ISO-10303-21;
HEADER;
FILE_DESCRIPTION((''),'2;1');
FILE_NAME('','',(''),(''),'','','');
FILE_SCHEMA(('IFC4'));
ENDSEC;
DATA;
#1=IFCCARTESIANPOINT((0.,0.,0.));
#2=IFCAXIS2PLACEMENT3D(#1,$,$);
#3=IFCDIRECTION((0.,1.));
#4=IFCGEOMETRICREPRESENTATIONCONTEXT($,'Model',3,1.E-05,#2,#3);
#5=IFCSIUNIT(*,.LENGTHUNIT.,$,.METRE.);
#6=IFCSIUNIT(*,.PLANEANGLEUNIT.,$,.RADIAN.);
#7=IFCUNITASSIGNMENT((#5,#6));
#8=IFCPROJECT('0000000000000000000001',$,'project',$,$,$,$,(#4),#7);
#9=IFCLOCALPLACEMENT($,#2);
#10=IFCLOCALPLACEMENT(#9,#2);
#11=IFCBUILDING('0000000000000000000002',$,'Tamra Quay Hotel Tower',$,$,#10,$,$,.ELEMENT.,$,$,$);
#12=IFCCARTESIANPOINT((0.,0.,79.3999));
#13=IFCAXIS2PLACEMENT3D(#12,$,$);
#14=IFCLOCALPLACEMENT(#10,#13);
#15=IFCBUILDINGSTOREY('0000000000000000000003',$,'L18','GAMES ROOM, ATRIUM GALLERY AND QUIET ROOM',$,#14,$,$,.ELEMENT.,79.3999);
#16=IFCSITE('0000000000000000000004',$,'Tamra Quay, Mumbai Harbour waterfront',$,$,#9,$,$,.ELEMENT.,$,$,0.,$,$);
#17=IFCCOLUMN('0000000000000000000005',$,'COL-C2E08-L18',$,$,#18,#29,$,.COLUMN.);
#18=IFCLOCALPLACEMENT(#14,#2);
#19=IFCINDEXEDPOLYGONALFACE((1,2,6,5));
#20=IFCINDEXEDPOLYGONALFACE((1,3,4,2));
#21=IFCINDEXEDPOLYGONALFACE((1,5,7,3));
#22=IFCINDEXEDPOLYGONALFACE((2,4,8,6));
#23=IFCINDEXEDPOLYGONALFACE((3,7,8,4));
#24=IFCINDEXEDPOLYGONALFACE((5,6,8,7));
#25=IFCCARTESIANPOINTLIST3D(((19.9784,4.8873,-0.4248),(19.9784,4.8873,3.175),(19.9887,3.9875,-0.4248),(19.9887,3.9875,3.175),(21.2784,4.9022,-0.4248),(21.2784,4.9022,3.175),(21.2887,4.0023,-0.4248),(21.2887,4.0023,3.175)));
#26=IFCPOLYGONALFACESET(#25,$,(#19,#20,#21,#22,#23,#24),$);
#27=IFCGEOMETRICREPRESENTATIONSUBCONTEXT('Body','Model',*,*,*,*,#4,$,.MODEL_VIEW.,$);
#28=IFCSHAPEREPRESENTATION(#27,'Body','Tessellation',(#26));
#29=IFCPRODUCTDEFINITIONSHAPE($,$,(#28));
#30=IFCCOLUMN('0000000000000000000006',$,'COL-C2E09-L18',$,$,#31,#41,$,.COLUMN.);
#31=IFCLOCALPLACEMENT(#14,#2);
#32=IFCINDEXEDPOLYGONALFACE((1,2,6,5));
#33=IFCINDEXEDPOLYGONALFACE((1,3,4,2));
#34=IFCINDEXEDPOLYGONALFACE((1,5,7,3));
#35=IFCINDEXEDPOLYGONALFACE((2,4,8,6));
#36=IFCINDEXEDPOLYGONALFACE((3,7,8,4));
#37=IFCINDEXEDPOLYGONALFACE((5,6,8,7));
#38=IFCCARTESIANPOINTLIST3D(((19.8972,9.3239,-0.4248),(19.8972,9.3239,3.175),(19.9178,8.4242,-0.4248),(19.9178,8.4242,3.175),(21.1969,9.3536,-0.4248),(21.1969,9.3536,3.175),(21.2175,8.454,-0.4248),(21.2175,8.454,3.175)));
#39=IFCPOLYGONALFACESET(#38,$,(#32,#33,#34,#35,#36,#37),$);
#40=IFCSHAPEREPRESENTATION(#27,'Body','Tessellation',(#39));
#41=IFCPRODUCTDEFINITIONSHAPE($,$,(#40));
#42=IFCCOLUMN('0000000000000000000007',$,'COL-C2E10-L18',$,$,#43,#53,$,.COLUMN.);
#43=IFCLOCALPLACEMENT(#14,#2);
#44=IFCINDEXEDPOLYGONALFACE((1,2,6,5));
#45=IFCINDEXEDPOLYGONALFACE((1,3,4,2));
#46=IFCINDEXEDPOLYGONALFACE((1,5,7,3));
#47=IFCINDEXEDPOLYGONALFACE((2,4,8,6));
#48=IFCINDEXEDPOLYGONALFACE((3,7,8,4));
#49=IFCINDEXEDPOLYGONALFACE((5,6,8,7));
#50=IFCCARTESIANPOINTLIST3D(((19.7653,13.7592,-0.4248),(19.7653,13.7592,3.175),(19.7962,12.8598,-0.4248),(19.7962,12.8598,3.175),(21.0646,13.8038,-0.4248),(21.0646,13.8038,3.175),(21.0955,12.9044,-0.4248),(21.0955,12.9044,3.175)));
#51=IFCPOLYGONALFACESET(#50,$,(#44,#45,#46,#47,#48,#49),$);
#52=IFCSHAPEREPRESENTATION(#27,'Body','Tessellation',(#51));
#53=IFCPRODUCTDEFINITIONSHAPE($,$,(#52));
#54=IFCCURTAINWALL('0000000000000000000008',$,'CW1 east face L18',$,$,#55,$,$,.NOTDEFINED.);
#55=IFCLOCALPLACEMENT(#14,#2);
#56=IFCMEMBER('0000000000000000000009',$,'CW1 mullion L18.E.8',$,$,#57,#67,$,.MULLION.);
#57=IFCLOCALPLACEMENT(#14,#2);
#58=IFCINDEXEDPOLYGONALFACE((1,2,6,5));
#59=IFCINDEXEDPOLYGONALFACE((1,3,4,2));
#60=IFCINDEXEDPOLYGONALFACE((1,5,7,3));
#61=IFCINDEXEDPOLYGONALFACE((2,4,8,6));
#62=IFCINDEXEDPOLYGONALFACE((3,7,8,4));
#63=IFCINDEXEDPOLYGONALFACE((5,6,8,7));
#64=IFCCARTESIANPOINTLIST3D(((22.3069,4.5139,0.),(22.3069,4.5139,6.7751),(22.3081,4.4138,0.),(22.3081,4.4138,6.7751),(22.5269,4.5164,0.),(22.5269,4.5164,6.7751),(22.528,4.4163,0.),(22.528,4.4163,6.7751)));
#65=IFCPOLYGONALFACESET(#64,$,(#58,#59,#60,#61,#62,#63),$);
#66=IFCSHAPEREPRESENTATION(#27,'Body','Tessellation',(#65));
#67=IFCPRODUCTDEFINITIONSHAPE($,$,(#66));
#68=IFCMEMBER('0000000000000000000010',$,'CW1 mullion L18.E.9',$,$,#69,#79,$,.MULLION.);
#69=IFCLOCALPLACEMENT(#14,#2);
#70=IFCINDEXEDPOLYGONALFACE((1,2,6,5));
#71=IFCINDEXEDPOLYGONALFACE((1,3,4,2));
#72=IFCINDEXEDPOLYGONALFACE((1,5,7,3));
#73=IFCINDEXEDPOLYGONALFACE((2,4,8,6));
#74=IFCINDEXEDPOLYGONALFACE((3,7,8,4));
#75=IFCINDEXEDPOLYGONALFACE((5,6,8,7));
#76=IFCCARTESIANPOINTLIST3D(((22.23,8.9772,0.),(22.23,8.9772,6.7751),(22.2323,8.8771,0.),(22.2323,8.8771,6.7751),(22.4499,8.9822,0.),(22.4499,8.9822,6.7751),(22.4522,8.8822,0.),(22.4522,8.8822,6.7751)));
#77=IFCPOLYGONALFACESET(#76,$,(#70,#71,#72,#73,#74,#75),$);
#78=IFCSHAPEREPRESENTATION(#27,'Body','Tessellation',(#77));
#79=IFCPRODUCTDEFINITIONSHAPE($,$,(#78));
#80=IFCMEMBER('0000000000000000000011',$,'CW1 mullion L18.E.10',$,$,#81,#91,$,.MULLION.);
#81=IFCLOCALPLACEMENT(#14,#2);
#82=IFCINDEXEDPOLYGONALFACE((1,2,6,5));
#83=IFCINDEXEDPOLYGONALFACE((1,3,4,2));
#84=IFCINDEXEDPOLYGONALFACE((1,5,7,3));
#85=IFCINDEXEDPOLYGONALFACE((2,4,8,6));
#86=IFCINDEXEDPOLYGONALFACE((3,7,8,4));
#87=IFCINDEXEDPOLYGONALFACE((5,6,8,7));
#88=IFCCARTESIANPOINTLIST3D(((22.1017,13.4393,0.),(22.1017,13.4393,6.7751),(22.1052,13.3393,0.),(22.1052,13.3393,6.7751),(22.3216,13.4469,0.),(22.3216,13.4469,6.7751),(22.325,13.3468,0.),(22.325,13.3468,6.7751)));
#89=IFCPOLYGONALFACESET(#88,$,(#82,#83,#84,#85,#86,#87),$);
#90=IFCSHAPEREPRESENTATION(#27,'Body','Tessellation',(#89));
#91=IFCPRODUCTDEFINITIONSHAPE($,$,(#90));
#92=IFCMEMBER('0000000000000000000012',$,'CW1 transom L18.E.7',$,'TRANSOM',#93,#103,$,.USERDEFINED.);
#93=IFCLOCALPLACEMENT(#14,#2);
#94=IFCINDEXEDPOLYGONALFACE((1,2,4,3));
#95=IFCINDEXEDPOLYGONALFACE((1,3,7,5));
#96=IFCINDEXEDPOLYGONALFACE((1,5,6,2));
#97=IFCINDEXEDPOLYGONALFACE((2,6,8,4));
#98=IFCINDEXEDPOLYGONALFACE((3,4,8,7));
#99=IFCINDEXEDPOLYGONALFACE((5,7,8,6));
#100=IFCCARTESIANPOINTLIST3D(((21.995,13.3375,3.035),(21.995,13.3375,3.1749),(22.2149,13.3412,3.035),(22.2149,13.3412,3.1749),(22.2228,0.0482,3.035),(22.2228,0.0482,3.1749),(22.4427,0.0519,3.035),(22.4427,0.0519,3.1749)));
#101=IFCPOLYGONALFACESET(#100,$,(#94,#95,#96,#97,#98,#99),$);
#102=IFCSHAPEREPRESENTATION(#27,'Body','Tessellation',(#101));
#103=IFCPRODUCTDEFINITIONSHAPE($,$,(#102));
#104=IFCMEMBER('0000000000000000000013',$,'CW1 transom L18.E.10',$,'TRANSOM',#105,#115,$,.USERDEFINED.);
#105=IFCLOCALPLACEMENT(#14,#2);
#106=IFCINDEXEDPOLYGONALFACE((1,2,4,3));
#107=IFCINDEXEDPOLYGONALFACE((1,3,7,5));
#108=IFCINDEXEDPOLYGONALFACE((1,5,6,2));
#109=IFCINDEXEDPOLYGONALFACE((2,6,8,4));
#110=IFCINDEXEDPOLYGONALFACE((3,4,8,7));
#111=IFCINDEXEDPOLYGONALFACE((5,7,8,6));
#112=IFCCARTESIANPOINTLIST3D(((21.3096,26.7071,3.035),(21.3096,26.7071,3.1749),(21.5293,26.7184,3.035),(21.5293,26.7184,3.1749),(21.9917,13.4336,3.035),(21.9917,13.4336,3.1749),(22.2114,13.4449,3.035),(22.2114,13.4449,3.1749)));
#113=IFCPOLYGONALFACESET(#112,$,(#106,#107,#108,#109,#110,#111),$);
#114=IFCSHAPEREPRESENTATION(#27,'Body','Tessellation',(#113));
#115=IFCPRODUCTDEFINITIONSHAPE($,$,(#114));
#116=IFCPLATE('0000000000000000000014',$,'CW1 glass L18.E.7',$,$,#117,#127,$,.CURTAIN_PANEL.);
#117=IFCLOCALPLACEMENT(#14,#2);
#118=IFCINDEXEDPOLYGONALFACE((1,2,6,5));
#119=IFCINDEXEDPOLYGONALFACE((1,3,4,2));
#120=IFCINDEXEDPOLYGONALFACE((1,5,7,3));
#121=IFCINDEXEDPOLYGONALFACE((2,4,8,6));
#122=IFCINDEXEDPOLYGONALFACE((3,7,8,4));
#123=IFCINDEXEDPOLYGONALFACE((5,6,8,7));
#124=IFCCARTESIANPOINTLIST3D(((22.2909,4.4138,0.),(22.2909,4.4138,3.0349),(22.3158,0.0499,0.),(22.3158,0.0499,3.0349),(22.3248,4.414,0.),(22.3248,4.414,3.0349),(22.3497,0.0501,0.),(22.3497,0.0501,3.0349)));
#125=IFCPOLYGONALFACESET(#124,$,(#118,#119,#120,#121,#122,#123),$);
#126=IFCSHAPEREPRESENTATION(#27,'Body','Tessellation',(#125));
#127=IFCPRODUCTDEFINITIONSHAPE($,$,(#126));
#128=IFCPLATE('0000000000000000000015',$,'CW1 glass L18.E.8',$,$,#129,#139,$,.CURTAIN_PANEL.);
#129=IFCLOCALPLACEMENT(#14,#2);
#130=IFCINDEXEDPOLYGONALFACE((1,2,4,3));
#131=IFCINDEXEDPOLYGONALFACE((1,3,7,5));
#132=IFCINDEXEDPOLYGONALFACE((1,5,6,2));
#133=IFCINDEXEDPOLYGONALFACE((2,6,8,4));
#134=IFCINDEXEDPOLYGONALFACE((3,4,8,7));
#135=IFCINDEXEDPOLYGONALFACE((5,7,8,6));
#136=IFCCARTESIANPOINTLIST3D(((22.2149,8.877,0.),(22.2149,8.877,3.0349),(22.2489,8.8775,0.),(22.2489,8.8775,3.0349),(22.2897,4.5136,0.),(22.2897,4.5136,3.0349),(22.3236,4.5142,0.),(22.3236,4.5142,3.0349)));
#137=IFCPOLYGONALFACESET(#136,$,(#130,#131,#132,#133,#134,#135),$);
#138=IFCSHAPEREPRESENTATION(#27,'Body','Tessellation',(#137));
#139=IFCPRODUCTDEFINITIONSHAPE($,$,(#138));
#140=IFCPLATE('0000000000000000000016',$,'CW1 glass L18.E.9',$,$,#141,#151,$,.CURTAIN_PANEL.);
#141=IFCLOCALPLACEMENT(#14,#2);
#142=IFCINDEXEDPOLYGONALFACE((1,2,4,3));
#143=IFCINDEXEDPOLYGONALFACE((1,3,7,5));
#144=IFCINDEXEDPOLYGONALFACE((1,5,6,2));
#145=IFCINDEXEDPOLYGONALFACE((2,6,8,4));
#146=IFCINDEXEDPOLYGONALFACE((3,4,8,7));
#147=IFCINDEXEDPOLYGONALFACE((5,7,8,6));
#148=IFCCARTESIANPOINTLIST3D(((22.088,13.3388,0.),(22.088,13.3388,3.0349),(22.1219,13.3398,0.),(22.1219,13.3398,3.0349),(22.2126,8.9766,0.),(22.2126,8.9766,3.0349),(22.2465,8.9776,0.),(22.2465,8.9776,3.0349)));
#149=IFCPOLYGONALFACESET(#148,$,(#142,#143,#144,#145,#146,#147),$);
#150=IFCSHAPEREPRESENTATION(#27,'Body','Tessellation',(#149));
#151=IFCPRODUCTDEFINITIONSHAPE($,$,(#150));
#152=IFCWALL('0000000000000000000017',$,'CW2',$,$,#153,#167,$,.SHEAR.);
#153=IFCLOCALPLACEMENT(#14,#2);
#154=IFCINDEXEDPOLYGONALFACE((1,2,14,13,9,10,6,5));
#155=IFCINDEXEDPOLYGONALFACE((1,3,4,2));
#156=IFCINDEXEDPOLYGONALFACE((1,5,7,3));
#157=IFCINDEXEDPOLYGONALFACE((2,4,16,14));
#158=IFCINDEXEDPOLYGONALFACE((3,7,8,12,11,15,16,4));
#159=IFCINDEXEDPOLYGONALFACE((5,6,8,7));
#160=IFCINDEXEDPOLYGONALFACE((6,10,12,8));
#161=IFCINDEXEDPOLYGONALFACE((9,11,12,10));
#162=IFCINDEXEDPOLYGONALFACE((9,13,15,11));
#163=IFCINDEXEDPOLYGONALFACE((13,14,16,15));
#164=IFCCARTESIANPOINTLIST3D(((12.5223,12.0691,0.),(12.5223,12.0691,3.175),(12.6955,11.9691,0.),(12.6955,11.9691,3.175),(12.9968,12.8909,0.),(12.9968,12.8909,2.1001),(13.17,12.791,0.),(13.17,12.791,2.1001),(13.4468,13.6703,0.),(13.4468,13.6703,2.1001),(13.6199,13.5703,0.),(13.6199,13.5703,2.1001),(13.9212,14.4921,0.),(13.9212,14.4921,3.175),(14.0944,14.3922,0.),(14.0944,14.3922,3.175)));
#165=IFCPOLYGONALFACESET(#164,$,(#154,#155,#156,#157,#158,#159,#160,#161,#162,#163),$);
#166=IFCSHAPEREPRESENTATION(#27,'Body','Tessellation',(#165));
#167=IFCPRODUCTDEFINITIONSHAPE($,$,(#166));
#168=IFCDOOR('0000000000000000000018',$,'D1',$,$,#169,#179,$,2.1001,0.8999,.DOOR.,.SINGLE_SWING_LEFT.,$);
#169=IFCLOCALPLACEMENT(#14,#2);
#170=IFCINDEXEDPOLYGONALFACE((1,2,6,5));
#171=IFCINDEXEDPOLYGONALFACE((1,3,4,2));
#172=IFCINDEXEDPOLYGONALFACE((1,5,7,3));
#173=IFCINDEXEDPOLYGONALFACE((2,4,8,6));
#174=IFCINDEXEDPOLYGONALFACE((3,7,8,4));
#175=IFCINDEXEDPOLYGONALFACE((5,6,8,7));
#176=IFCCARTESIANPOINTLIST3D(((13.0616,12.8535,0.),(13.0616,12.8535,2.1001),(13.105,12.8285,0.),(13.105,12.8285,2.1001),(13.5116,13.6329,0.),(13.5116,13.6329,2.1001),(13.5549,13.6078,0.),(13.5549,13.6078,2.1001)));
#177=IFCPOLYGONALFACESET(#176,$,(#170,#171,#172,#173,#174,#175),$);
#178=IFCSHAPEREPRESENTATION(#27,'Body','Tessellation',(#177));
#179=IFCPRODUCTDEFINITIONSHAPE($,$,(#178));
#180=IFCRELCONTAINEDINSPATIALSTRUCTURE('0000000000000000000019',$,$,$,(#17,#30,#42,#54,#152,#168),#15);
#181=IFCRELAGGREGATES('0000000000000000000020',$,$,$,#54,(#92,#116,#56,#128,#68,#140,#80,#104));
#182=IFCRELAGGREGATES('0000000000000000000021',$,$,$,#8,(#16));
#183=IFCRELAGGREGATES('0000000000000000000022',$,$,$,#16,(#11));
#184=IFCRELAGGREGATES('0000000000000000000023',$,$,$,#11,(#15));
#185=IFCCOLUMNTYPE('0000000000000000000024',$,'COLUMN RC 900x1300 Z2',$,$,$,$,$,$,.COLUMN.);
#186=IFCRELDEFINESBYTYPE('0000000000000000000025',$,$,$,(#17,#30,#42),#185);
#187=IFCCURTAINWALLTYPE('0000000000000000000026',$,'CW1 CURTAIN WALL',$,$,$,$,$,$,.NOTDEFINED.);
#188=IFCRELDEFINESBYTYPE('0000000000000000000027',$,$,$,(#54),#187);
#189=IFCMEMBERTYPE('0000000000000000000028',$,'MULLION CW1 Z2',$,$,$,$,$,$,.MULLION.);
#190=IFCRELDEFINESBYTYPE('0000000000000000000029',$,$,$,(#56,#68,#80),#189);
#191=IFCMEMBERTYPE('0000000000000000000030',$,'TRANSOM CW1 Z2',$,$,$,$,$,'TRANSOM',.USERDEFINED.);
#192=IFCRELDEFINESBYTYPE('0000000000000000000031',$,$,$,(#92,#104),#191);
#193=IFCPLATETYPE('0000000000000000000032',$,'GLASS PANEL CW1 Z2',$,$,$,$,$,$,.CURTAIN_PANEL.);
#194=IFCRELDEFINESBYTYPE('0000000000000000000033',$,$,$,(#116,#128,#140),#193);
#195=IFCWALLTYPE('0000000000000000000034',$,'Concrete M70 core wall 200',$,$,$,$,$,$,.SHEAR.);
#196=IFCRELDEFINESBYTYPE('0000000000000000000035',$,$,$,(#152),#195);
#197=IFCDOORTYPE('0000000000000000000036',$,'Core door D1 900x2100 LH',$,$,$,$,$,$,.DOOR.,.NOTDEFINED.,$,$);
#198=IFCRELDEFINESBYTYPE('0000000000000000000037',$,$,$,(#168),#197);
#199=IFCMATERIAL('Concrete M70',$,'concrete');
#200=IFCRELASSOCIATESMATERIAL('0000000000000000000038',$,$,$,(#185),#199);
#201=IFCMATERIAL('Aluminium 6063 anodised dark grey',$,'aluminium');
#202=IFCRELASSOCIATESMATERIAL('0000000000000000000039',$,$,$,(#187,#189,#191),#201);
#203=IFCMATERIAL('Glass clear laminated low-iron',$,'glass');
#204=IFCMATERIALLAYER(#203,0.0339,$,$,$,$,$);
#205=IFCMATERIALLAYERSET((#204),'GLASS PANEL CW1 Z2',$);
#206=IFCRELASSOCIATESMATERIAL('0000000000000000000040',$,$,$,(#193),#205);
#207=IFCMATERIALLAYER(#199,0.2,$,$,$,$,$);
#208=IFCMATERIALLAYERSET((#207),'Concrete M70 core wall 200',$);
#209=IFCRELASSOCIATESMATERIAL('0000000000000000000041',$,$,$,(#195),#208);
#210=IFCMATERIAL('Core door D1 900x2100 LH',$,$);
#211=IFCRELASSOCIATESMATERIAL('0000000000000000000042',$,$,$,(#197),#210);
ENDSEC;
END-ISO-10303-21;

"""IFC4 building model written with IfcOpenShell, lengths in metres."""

from ifc_helpers import new_model, si_unit, direction, frame, frame_2d, origin, origin_2d, place, context, subcontext, project, spatial, rectangle, extrude, material, layer, layer_set, material_profile, profile_set, type_object, element, fill, aggregate, save


model = new_model("IFC4")

# Units and contexts
model_context = context("Model", 3, precision=1e-05, world=origin(), true_north=direction((0.0, 1.0)))
body_context = subcontext(model_context, "Body", "Model", "MODEL_VIEW")
ifc_project = project(units=[si_unit("LENGTHUNIT", "METRE"), si_unit("PLANEANGLEUNIT", "RADIAN")], contexts=[model_context])

# Site, building, storey
site_placement = place(None, origin())
site = spatial("IfcSite", under=ifc_project, at=site_placement, Name="Tamra Quay, Mumbai Harbour waterfront", CompositionType="ELEMENT", RefElevation=0.0)
building_placement = place(site_placement, origin())
building = spatial("IfcBuilding", under=site, at=building_placement, Name="Tamra Quay Hotel Tower", CompositionType="ELEMENT")
storey_placement = place(building_placement, frame((0.0, 0.0, 79.3999)))
storey = spatial("IfcBuildingStorey", under=building, at=storey_placement, Name="L18", Description="GAMES ROOM, ATRIUM GALLERY AND QUIET ROOM", CompositionType="ELEMENT", Elevation=79.3999)

# Columns
ifc_material_1 = material(Name="Concrete M70", Category="concrete")
ifc_material_profile_1 = material_profile(ifc_material_1, rectangle(XDim=1.3, YDim=0.8999, at=origin_2d()), Name="COLUMN RC 900x1300 Z2")
ifc_profile_set_1 = profile_set([ifc_material_profile_1], Name="Concrete M70")
column_type = type_object("IfcColumnType", Name="COLUMN RC 900x1300 Z2", PredefinedType="COLUMN", material=ifc_profile_set_1)
for number, where, z_axis, x_axis, name in (
    (1, (20.6335, 4.4448, -0.4248), (0.0, 0.0, 1.0), (0.999935, 0.011439, 0.0), "COL-C2E08-L18"),
    (2, (20.5574, 8.8889, -0.4248), (0.0, 0.0, 1.0), (0.999738, 0.022874, 0.0), "COL-C2E09-L18"),
    (3, (20.4304, 13.3318, -0.4248), (0.0, 0.0, 1.0), (0.999412, 0.034299, 0.0), "COL-C2E10-L18"),
):
    element("IfcColumn", number, at=place(storey_placement, frame(where, z_axis=z_axis, x_axis=x_axis)), inside=storey, type_object=column_type, Name=name, PredefinedType="COLUMN", context=body_context, shape_type="SweptSolid", body=[
        extrude(rectangle(XDim=1.3, YDim=0.8999, at=origin_2d()), origin(), (0.0, 0.0, 1.0), 3.5999),
    ])

# Curtain wall, members, plates
ifc_material_2 = material(Name="Aluminium 6063 anodised dark grey", Category="aluminium")
curtain_wall_type = type_object("IfcCurtainWallType", Name="CW1 CURTAIN WALL", PredefinedType="NOTDEFINED", material=ifc_material_2)
curtain_wall_placement = place(storey_placement, origin())
curtain_wall = element("IfcCurtainWall", 4, at=curtain_wall_placement, inside=storey, type_object=curtain_wall_type, Name="CW1 east face L18", PredefinedType="NOTDEFINED")
ifc_material_profile_2 = material_profile(ifc_material_2, rectangle(XDim=0.22, YDim=0.1001, at=origin_2d()), Name="MULLION 100X220")
ifc_profile_set_2 = profile_set([ifc_material_profile_2], Name="Aluminium 6063 anodised dark grey")
member_type_1 = type_object("IfcMemberType", Name="MULLION CW1 Z2", PredefinedType="MULLION", material=ifc_profile_set_2)
member_1_placement = place(storey_placement, frame((22.4175, 4.4651, 0.0), z_axis=(0.0, 0.0, 1.0), x_axis=(0.999935, 0.011423, 0.0)))
member_1 = element("IfcMember", 5, at=member_1_placement, type_object=member_type_1, Name="CW1 mullion L18.E.8", PredefinedType="MULLION", context=body_context, shape_type="SweptSolid", body=[
    extrude(rectangle(XDim=0.22, YDim=0.1001, at=origin_2d()), origin(), (0.0, 0.0, 1.0), 6.7751),
])
member_2_placement = place(storey_placement, frame((22.3411, 8.9297, 0.0), z_axis=(0.0, 0.0, 1.0), x_axis=(0.999739, 0.02284, 0.0)))
member_2 = element("IfcMember", 6, at=member_2_placement, type_object=member_type_1, Name="CW1 mullion L18.E.9", PredefinedType="MULLION", context=body_context, shape_type="SweptSolid", body=[
    extrude(rectangle(XDim=0.22, YDim=0.1001, at=origin_2d()), origin(), (0.0, 0.0, 1.0), 6.7751),
])
member_3_placement = place(storey_placement, frame((22.2134, 13.3931, 0.0), z_axis=(0.0, 0.0, 1.0), x_axis=(0.999413, 0.034246, 0.0)))
member_3 = element("IfcMember", 7, at=member_3_placement, type_object=member_type_1, Name="CW1 mullion L18.E.10", PredefinedType="MULLION", context=body_context, shape_type="SweptSolid", body=[
    extrude(rectangle(XDim=0.22, YDim=0.1001, at=origin_2d()), origin(), (0.0, 0.0, 1.0), 6.7751),
])
ifc_material_profile_3 = material_profile(ifc_material_2, rectangle(XDim=0.22, YDim=0.1399, at=origin_2d()), Name="TRANSOM 220X140")
ifc_profile_set_3 = profile_set([ifc_material_profile_3], Name="Aluminium 6063 anodised dark grey")
member_type_2 = type_object("IfcMemberType", Name="TRANSOM CW1 Z2", ElementType="TRANSOM", PredefinedType="USERDEFINED", material=ifc_profile_set_3)
member_4_placement = place(storey_placement, frame((22.3328, 0.05, 3.105), z_axis=(-0.017138, 0.999853, 0.0), x_axis=(-0.999853, -0.017138, 0.0)))
member_4 = element("IfcMember", 8, at=member_4_placement, type_object=member_type_2, Name="CW1 transom L18.E.7", ObjectType="TRANSOM", PredefinedType="USERDEFINED", context=body_context, shape_type="SweptSolid", body=[
    extrude(rectangle(XDim=0.22, YDim=0.1399, at=origin_2d()), origin(), (0.0, 0.0, 1.0), 13.2913),
])
member_5_placement = place(storey_placement, frame((22.1016, 13.4392, 3.105), z_axis=(-0.051323, 0.998682, 0.0), x_axis=(-0.998682, -0.051323, 0.0)))
member_5 = element("IfcMember", 9, at=member_5_placement, type_object=member_type_2, Name="CW1 transom L18.E.10", ObjectType="TRANSOM", PredefinedType="USERDEFINED", context=body_context, shape_type="SweptSolid", body=[
    extrude(rectangle(XDim=0.22, YDim=0.1399, at=origin_2d()), origin(), (0.0, 0.0, 1.0), 13.291),
])
ifc_material_3 = material(Name="Glass clear laminated low-iron", Category="glass")
ifc_layer_1 = layer(ifc_material_3, 0.0339)
ifc_layer_set_1 = layer_set([ifc_layer_1], Name="GLASS PANEL CW1 Z2")
plate_type = type_object("IfcPlateType", Name="GLASS PANEL CW1 Z2", PredefinedType="CURTAIN_PANEL", material=ifc_layer_set_1)
plate_1_placement = place(storey_placement, frame((22.3203, 2.2319, 0.0), z_axis=(0.0, 0.0, 1.0), x_axis=(-0.005713, 0.999984, 0.0)))
plate_1 = element("IfcPlate", 10, at=plate_1_placement, type_object=plate_type, Name="CW1 glass L18.E.7", PredefinedType="CURTAIN_PANEL", context=body_context, shape_type="SweptSolid", body=[
    extrude(rectangle(XDim=4.364, YDim=0.0339, at=origin_2d()), origin(), (0.0, 0.0, 1.0), 3.0349),
])
plate_2_placement = place(storey_placement, frame((22.2693, 6.6956, 0.0), z_axis=(0.0, 0.0, 1.0), x_axis=(-0.017134, 0.999853, 0.0)))
plate_2 = element("IfcPlate", 11, at=plate_2_placement, type_object=plate_type, Name="CW1 glass L18.E.8", PredefinedType="CURTAIN_PANEL", context=body_context, shape_type="SweptSolid", body=[
    extrude(rectangle(XDim=4.364, YDim=0.0339, at=origin_2d()), origin(), (0.0, 0.0, 1.0), 3.0349),
])
plate_3_placement = place(storey_placement, frame((22.1672, 11.1582, 0.0), z_axis=(0.0, 0.0, 1.0), x_axis=(-0.028546, 0.999592, 0.0)))
plate_3 = element("IfcPlate", 12, at=plate_3_placement, type_object=plate_type, Name="CW1 glass L18.E.9", PredefinedType="CURTAIN_PANEL", context=body_context, shape_type="SweptSolid", body=[
    extrude(rectangle(XDim=4.364, YDim=0.0339, at=origin_2d()), origin(), (0.0, 0.0, 1.0), 3.0349),
])
aggregate(curtain_wall, [member_4, plate_1, member_1, plate_2, member_2, plate_3, member_3, member_5])

# Wall, opening, door
ifc_layer_2 = layer(ifc_material_1, 0.2)
ifc_layer_set_2 = layer_set([ifc_layer_2], Name="Concrete M70 core wall 200")
wall_type_1 = type_object("IfcWallType", Name="Concrete M70 core wall 200", PredefinedType="SHEAR", material=ifc_layer_set_2)
wall_1_placement = place(storey_placement, frame((14.0078, 14.4421, 0.0), z_axis=(0.0, 0.0, 1.0), x_axis=(-0.499987, -0.866033, 0.0)))
wall_1 = element("IfcWall", 13, at=wall_1_placement, inside=storey, type_object=wall_type_1, Name="CW2", PredefinedType="SHEAR", context=body_context, shape_type="SweptSolid", body=[
    extrude(rectangle(XDim=2.7979, YDim=0.2, at=frame_2d((1.3989, 0.0))), origin(), (0.0, 0.0, 1.0), 3.175),
])
opening_placement = place(wall_1_placement, frame((0.949, 0.0, 0.0)))
opening = element("IfcOpeningElement", 14, at=opening_placement, cuts=wall_1, PredefinedType="OPENING", context=body_context, shape_type="SweptSolid", body=[
    extrude(rectangle(XDim=0.8999, YDim=2.1001, at=frame_2d((0.45, 1.05))), frame((0.0, 0.1099, 0.0), z_axis=(0.0, -1.0, 0.0), x_axis=(1.0, 0.0, 0.0)), (0.0, 0.0, 1.0), 0.22),
])
ifc_material_4 = material(Name="Core door D1 900x2100 LH")
door_type = type_object("IfcDoorType", Name="Core door D1 900x2100 LH", OperationType="NOTDEFINED", PredefinedType="DOOR", material=ifc_material_4)
door_placement = place(opening_placement, origin())
door = element("IfcDoor", 15, at=door_placement, inside=storey, type_object=door_type, Name="D1", OperationType="SINGLE_SWING_LEFT", OverallHeight=2.1001, OverallWidth=0.8999, PredefinedType="DOOR", context=body_context, shape_type="SweptSolid", body=[
    extrude(rectangle(XDim=0.8999, YDim=2.1001, at=frame_2d((0.45, 1.05))), frame((0.0, 0.0249, 0.0), z_axis=(0.0, -1.0, 0.0), x_axis=(1.0, 0.0, 0.0)), (0.0, 0.0, 1.0), 0.05),
])
fill(opening, door)

save(model, "model.ifc")
